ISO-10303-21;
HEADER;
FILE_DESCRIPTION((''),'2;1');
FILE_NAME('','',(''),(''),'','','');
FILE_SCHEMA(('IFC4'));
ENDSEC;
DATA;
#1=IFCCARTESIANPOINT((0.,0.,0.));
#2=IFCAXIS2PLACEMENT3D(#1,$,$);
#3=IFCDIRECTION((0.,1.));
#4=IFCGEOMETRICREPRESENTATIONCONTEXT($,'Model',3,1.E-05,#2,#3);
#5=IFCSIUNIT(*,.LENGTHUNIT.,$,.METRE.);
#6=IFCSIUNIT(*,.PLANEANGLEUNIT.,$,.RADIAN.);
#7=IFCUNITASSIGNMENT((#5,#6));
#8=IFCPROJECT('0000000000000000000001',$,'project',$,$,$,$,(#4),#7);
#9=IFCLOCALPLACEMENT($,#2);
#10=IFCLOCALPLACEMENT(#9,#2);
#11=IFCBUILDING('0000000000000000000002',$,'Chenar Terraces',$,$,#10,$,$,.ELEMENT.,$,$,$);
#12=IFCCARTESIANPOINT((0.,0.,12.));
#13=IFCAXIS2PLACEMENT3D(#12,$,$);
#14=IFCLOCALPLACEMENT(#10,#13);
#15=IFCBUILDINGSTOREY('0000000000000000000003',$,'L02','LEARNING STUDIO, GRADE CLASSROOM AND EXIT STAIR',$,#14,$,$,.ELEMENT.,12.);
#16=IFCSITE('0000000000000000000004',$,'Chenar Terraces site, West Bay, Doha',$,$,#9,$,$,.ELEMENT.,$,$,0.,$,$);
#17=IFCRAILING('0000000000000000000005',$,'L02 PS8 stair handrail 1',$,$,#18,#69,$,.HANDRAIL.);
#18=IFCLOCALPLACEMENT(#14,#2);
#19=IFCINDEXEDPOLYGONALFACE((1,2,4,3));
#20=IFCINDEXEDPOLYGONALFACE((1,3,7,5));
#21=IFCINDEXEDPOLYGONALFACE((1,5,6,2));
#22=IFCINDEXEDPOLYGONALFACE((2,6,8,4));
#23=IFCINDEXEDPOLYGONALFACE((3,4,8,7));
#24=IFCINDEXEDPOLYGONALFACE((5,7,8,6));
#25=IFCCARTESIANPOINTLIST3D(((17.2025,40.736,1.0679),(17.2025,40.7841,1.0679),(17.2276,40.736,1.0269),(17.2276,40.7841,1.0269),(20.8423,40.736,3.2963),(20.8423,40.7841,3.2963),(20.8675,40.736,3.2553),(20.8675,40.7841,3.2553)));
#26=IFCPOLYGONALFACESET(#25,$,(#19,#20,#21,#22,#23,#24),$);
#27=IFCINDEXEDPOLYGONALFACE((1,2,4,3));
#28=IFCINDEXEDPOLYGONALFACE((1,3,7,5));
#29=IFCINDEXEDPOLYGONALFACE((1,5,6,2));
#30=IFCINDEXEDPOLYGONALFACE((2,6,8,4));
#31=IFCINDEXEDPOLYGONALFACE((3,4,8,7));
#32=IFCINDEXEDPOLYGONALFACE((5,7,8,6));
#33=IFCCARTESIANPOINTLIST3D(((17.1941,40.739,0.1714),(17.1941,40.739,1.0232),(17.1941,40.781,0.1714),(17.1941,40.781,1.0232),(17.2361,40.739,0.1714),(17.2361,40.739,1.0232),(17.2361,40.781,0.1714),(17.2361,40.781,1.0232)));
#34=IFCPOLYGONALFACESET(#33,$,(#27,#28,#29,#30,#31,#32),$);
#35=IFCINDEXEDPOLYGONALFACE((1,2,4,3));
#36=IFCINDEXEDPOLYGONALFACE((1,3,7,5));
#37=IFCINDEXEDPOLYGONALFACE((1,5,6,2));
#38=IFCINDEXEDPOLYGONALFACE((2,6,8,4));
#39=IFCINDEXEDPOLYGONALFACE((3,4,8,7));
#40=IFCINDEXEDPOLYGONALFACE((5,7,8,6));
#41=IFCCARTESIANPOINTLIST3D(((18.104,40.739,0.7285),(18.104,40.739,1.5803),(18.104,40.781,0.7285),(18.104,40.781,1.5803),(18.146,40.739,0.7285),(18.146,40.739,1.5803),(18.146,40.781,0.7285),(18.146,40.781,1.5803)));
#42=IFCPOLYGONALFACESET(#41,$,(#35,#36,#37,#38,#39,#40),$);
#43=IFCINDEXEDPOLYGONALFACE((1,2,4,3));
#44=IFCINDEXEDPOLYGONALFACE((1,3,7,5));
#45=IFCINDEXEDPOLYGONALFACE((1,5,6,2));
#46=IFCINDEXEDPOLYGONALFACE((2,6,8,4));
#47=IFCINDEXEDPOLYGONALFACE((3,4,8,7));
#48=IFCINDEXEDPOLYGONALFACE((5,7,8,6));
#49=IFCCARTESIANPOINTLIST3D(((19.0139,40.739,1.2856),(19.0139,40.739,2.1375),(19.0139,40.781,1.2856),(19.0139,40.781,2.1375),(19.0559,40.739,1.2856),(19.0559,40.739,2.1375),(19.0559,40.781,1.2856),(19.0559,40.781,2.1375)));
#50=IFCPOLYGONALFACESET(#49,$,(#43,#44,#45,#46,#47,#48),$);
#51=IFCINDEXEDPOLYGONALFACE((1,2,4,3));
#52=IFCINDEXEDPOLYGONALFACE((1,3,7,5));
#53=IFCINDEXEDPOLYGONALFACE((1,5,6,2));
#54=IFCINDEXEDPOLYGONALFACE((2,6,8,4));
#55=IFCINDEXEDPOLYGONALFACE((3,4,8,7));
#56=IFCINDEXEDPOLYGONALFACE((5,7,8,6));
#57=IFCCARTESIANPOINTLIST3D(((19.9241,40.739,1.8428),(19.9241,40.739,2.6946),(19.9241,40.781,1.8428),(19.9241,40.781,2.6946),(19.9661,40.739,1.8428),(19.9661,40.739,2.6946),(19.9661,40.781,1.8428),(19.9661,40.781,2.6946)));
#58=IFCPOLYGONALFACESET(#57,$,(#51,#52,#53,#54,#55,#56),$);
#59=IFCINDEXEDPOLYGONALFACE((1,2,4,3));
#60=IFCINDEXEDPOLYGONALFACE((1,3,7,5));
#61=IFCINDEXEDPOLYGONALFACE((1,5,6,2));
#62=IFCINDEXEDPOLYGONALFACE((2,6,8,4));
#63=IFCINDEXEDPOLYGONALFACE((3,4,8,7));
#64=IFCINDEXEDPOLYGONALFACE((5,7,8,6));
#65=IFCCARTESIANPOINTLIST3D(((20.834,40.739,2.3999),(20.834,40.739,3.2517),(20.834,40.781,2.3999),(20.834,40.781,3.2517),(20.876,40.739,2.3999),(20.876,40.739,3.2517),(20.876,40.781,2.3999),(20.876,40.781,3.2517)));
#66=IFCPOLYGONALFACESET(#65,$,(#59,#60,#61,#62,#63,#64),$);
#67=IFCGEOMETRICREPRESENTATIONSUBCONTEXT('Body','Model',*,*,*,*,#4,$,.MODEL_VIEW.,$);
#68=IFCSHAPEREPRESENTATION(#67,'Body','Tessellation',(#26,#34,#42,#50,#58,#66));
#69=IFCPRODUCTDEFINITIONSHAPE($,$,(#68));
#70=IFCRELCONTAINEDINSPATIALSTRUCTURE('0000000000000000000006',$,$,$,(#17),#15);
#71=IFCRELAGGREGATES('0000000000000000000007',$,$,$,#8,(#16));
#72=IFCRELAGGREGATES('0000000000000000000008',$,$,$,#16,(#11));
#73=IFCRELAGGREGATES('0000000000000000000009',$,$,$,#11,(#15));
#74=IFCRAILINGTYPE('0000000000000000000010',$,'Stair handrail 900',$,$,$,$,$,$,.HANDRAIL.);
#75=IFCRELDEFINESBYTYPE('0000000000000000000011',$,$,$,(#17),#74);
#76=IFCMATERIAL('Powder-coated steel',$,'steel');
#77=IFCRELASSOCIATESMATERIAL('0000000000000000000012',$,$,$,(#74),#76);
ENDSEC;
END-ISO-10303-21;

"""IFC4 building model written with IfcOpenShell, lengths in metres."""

from ifc_helpers import new_model, si_unit, direction, frame, origin, origin_2d, place, context, subcontext, project, spatial, rectangle, extrude, material, type_object, element, save


model = new_model("IFC4")

# Units and contexts
model_context = context("Model", 3, precision=1e-05, world=origin(), true_north=direction((0.0, 1.0)))
body_context = subcontext(model_context, "Body", "Model", "MODEL_VIEW")
ifc_project = project(units=[si_unit("LENGTHUNIT", "METRE"), si_unit("PLANEANGLEUNIT", "RADIAN")], contexts=[model_context])

# Site, building, storey
site_placement = place(None, origin())
site = spatial("IfcSite", under=ifc_project, at=site_placement, Name="Chenar Terraces site, West Bay, Doha", CompositionType="ELEMENT", RefElevation=0.0)
building_placement = place(site_placement, origin())
building = spatial("IfcBuilding", under=site, at=building_placement, Name="Chenar Terraces", CompositionType="ELEMENT")
storey_placement = place(building_placement, frame((0.0, 0.0, 12.0)))
storey = spatial("IfcBuildingStorey", under=building, at=storey_placement, Name="L02", Description="LEARNING STUDIO, GRADE CLASSROOM AND EXIT STAIR", CompositionType="ELEMENT", Elevation=12.0)

# Railing
ifc_material_1 = material(Name="Powder-coated steel", Category="steel")
railing_type_1 = type_object("IfcRailingType", Name="Stair handrail 900", PredefinedType="HANDRAIL", material=ifc_material_1)
railing_1_placement = place(storey_placement, frame((17.2151, 40.76, 0.1714)))
element("IfcRailing", 1, at=railing_1_placement, inside=storey, type_object=railing_type_1, Name="L02 PS8 stair handrail 1", PredefinedType="HANDRAIL", context=body_context, shape_type="SweptSolid", body=[
    extrude(rectangle(XDim=0.0481, YDim=0.0481, at=origin_2d()), frame((0.0, 0.0, 0.876), z_axis=(0.85285, 0.0, 0.522156), x_axis=(0.0, 1.0, 0.0)), (0.0, 0.0, 1.0), 4.2678),
    extrude(rectangle(XDim=0.042, YDim=0.042, at=origin_2d()), origin(), (0.0, 0.0, 1.0), 0.8518),
    extrude(rectangle(XDim=0.042, YDim=0.042, at=origin_2d()), frame((0.9099, 0.0, 0.5571)), (0.0, 0.0, 1.0), 0.8518),
    extrude(rectangle(XDim=0.042, YDim=0.042, at=origin_2d()), frame((1.8198, 0.0, 1.1143)), (0.0, 0.0, 1.0), 0.8518),
    extrude(rectangle(XDim=0.042, YDim=0.042, at=origin_2d()), frame((2.73, 0.0, 1.6714)), (0.0, 0.0, 1.0), 0.8518),
    extrude(rectangle(XDim=0.042, YDim=0.042, at=origin_2d()), frame((3.6399, 0.0, 2.2285)), (0.0, 0.0, 1.0), 0.8518),
])

save(model, "model.ifc")
